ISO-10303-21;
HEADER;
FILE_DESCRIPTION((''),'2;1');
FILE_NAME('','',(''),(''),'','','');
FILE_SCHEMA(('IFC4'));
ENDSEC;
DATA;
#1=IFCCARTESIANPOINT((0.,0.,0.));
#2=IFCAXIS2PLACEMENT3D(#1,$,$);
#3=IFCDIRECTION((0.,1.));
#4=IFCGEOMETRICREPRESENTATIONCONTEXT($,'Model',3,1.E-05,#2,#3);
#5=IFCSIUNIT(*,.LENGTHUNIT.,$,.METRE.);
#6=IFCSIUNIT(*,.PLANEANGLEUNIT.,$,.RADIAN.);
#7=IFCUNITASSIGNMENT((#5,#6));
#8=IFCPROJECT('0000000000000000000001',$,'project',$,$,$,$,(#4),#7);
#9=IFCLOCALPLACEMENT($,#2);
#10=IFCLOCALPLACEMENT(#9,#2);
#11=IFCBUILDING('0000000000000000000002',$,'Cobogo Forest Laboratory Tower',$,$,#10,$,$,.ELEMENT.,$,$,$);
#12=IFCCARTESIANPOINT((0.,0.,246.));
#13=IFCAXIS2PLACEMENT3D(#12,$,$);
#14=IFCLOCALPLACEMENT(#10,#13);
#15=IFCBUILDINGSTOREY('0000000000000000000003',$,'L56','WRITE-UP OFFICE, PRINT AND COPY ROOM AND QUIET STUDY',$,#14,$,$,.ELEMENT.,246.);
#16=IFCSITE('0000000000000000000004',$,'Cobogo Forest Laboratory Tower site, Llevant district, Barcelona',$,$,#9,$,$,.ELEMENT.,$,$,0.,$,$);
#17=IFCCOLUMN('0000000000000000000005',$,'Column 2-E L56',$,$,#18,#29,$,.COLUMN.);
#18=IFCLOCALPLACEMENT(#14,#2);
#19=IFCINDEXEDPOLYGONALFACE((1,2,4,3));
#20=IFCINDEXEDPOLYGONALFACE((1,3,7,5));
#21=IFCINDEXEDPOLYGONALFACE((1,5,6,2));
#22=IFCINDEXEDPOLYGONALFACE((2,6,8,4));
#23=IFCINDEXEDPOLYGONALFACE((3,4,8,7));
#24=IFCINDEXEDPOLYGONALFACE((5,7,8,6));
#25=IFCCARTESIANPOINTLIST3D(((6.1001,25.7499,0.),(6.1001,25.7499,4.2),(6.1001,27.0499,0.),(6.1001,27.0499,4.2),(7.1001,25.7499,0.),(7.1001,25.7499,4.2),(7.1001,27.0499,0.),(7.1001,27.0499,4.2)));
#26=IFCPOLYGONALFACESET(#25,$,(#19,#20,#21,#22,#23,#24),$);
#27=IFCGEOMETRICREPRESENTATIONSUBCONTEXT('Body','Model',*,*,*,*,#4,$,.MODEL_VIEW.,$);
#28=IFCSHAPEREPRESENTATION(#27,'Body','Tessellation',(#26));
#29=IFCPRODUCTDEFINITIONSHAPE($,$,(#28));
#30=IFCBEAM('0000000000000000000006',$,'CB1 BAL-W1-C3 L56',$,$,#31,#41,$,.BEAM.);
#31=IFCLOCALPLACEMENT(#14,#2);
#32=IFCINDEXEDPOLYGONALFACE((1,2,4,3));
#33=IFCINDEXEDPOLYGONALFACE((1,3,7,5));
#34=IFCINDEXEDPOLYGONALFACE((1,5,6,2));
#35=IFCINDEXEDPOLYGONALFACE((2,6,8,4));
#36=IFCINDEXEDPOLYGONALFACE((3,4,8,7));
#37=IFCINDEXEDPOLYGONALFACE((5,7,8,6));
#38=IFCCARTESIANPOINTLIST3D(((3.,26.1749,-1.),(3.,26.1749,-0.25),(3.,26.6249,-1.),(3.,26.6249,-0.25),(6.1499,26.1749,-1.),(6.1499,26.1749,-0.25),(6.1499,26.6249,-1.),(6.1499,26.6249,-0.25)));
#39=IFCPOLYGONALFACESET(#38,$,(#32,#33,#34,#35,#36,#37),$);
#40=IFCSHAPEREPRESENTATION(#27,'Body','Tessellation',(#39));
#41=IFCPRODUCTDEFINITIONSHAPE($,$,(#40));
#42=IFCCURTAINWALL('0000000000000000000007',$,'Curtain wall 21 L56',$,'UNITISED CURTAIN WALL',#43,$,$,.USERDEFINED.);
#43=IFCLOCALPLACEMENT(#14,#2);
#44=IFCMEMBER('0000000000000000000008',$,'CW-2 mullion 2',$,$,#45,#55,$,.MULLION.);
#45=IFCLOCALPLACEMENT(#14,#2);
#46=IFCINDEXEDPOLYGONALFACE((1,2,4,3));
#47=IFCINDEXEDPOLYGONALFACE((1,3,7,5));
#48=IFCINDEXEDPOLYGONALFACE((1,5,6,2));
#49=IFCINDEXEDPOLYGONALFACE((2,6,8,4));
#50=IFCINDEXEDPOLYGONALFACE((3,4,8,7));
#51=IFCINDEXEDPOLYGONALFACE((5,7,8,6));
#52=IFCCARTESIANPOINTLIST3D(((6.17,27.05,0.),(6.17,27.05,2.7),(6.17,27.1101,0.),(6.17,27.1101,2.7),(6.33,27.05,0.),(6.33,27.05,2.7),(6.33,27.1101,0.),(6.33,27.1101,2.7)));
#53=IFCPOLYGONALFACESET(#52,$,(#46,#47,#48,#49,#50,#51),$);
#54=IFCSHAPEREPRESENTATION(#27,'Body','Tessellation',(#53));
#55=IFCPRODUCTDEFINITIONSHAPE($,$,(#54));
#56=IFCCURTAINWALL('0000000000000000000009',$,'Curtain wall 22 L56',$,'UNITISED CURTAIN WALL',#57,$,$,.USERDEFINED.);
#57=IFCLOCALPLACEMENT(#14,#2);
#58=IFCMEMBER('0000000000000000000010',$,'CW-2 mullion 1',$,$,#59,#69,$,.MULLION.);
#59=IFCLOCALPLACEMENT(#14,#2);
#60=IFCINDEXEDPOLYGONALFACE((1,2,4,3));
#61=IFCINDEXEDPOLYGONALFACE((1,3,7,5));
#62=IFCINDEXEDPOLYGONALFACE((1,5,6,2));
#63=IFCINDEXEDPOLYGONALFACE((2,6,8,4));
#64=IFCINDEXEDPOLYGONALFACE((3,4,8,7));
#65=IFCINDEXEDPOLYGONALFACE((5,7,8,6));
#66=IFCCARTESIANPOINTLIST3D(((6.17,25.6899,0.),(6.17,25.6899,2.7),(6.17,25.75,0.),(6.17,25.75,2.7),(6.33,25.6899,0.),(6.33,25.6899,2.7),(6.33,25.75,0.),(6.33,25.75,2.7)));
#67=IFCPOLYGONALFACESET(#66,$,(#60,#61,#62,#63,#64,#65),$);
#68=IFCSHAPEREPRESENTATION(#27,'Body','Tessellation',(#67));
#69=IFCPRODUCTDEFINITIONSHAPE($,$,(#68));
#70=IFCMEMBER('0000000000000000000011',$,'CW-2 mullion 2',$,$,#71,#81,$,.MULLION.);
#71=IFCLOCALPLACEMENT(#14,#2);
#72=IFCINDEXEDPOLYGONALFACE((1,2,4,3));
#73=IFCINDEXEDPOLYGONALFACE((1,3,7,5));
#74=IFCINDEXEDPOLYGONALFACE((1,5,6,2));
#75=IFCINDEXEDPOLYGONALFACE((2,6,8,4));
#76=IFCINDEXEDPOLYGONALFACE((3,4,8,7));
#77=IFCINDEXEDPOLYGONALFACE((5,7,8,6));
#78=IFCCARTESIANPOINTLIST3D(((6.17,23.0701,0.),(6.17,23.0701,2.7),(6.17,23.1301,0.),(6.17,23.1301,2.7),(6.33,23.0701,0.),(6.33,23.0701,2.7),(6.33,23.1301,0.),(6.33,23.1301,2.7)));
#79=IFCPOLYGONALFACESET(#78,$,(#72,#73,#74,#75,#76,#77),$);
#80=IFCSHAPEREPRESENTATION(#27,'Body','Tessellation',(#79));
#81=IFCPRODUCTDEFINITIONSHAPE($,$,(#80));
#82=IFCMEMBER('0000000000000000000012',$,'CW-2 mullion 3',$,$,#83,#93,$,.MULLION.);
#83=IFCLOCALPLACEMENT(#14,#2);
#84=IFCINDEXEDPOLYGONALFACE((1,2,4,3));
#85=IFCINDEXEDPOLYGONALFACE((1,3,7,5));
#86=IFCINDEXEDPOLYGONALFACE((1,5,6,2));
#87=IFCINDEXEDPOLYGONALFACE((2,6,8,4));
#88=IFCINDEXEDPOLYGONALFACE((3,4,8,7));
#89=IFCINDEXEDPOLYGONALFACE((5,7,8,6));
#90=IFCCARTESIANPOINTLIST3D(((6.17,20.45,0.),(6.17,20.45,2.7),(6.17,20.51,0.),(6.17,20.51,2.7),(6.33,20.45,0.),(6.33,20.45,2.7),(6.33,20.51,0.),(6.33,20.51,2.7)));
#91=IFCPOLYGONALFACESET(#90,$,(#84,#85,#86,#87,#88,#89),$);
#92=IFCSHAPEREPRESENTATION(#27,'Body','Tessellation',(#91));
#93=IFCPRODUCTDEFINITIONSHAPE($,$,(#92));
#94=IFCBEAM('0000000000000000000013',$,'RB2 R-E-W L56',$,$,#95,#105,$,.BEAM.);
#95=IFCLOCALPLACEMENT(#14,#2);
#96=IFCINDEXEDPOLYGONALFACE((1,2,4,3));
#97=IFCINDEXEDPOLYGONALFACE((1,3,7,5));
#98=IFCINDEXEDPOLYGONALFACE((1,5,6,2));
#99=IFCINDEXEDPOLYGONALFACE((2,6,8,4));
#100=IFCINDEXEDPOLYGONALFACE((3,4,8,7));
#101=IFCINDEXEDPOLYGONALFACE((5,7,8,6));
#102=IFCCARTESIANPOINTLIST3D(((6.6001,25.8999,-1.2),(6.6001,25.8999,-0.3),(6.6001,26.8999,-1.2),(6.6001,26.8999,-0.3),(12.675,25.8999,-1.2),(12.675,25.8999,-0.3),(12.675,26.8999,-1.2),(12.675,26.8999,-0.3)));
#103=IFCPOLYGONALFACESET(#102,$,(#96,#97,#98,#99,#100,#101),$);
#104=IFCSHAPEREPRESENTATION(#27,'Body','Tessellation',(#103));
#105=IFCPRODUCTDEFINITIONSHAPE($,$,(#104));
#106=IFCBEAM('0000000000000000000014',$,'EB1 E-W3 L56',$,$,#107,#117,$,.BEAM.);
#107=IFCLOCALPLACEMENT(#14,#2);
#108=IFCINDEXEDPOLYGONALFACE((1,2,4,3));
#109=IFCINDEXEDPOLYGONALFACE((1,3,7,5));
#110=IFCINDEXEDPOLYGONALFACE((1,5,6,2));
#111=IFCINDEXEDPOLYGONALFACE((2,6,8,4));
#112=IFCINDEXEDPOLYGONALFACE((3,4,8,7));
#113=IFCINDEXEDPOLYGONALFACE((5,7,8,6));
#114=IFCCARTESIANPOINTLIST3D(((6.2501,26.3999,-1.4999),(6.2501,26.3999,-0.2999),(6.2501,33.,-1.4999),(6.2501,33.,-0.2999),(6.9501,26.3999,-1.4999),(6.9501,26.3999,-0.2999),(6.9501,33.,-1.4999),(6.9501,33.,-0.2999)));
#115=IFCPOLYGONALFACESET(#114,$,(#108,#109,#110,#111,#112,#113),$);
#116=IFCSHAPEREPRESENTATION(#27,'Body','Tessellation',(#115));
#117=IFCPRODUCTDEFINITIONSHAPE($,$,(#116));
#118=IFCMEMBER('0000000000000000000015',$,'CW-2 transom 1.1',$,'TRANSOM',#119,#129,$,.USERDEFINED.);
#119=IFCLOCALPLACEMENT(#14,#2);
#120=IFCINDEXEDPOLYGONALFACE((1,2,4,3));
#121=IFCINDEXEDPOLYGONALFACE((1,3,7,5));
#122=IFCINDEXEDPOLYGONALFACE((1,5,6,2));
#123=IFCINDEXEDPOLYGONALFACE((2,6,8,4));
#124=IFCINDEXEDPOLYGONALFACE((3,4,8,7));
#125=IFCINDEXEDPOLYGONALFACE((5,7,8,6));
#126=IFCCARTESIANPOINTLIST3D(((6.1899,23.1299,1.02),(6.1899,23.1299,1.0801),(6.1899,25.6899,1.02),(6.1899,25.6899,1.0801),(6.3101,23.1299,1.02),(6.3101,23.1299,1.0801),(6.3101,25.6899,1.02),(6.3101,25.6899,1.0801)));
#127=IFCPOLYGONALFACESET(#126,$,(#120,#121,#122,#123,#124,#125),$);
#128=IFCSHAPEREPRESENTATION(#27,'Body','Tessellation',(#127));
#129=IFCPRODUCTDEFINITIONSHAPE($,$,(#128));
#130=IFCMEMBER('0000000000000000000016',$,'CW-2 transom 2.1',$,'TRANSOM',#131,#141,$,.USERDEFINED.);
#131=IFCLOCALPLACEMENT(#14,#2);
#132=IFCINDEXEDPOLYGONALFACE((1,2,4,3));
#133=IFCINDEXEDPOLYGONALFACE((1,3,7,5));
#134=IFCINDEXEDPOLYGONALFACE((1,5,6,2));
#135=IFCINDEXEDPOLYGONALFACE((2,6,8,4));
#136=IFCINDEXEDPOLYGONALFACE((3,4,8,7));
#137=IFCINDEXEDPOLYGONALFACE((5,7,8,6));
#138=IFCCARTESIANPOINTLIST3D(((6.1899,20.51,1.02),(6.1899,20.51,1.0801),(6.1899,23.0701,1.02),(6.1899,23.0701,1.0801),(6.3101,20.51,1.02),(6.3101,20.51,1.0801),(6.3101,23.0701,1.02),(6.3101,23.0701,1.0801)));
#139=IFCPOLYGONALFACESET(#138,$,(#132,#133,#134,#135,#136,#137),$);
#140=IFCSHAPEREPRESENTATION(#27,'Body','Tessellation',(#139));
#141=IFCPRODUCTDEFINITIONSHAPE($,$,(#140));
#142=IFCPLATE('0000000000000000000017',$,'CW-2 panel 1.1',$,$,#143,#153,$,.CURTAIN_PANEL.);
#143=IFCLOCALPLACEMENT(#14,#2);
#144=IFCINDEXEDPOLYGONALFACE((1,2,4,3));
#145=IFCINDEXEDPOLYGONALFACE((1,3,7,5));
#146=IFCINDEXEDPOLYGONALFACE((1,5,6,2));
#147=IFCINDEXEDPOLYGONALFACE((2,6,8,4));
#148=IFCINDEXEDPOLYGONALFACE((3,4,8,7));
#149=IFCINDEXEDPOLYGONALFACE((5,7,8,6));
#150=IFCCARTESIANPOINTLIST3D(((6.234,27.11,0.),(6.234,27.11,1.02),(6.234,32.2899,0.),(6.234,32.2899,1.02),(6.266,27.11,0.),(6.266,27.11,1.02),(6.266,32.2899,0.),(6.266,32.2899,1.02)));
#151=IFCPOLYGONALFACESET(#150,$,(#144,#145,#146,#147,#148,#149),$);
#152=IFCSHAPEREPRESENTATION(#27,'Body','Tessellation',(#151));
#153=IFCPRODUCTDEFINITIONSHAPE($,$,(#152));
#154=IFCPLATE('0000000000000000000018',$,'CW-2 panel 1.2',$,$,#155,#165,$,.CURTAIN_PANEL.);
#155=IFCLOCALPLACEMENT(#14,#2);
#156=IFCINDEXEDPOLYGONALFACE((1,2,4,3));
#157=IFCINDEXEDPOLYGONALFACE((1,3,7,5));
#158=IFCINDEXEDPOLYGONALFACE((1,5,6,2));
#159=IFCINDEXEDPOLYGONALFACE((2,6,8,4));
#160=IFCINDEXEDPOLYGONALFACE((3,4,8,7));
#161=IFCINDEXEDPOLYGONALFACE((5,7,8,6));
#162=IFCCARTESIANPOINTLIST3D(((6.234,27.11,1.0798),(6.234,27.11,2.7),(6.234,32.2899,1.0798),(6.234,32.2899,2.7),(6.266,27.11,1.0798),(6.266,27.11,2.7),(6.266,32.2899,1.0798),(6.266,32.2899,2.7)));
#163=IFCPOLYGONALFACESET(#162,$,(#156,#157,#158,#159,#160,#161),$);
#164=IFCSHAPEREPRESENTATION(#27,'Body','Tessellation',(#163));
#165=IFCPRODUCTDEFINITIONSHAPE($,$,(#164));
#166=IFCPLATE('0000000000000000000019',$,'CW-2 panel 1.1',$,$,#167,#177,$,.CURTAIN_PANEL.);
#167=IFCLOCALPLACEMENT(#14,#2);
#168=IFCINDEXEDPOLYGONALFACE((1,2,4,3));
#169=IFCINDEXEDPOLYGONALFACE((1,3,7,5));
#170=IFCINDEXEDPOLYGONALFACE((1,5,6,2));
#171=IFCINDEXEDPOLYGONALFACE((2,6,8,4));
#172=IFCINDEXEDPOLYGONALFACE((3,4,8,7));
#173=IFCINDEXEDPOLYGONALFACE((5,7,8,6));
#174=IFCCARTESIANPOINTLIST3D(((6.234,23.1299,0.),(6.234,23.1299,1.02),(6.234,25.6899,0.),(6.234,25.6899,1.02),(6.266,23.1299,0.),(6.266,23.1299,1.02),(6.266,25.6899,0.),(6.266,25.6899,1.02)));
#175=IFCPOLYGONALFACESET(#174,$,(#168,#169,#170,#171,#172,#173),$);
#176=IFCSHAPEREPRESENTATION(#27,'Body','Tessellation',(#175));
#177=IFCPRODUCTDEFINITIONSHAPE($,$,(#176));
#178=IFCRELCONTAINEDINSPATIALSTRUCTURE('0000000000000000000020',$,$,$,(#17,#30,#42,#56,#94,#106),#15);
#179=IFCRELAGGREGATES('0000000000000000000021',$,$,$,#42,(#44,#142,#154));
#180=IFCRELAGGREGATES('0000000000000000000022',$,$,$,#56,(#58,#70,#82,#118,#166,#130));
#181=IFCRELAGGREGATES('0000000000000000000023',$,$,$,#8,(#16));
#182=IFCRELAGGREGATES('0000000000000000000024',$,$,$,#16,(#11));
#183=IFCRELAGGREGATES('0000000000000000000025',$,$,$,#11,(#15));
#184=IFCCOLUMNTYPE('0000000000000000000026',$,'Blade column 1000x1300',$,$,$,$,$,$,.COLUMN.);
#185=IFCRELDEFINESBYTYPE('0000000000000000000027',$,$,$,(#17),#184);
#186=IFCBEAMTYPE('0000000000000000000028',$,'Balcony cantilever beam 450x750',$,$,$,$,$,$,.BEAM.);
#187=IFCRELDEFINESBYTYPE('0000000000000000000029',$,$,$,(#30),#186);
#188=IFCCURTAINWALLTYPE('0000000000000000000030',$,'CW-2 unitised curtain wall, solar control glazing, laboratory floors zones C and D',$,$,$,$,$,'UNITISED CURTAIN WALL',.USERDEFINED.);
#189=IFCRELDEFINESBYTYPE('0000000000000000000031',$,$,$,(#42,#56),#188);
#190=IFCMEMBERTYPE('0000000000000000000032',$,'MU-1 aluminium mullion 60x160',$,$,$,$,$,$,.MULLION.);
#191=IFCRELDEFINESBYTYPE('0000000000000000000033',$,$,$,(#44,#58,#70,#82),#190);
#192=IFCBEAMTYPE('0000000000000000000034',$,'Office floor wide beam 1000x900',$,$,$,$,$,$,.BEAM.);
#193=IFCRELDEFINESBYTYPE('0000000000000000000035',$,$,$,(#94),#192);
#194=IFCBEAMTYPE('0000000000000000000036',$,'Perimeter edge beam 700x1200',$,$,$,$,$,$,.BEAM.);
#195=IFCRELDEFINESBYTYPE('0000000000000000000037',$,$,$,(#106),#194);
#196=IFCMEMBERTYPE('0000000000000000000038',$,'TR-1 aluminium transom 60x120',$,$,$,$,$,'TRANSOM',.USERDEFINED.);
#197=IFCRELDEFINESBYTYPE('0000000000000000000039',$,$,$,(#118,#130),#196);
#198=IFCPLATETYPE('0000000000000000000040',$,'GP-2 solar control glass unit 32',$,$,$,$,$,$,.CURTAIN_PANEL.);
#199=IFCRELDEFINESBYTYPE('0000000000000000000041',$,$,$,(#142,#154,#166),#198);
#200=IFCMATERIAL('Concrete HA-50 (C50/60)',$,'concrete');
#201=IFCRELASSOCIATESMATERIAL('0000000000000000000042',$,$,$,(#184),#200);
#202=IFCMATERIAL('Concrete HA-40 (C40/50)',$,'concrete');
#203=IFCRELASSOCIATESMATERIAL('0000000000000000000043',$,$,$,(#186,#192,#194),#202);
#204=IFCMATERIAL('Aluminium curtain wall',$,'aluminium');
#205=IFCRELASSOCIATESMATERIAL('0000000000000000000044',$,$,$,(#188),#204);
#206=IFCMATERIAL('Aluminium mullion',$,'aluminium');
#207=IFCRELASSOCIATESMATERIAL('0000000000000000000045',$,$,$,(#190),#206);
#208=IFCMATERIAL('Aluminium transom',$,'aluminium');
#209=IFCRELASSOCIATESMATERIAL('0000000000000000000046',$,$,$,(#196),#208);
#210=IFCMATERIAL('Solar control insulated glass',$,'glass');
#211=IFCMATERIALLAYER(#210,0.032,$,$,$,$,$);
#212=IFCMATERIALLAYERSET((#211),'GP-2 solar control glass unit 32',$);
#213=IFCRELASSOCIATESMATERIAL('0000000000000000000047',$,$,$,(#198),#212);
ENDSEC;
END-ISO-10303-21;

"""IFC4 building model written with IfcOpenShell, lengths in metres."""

from ifc_helpers import new_model, si_unit, direction, frame, origin, origin_2d, place, context, subcontext, project, spatial, rectangle, extrude, material, layer, layer_set, material_profile, profile_set, type_object, element, aggregate, save


model = new_model("IFC4")

# Units and contexts
model_context = context("Model", 3, precision=1e-05, world=origin(), true_north=direction((0.0, 1.0)))
body_context = subcontext(model_context, "Body", "Model", "MODEL_VIEW")
ifc_project = project(units=[si_unit("LENGTHUNIT", "METRE"), si_unit("PLANEANGLEUNIT", "RADIAN")], contexts=[model_context])

# Site, building, storey
site_placement = place(None, origin())
site = spatial("IfcSite", under=ifc_project, at=site_placement, Name="Cobogo Forest Laboratory Tower site, Llevant district, Barcelona", CompositionType="ELEMENT", RefElevation=0.0)
building_placement = place(site_placement, origin())
building = spatial("IfcBuilding", under=site, at=building_placement, Name="Cobogo Forest Laboratory Tower", CompositionType="ELEMENT")
storey_placement = place(building_placement, frame((0.0, 0.0, 246.0)))
storey = spatial("IfcBuildingStorey", under=building, at=storey_placement, Name="L56", Description="WRITE-UP OFFICE, PRINT AND COPY ROOM AND QUIET STUDY", CompositionType="ELEMENT", Elevation=246.0)

# Column
ifc_material_1 = material(Name="Concrete HA-50 (C50/60)", Category="concrete")
ifc_material_profile_1 = material_profile(ifc_material_1, rectangle(XDim=1.3, YDim=1.0, at=origin_2d()), Name="RC 1000x1300")
ifc_profile_set_1 = profile_set([ifc_material_profile_1], Name="Concrete HA-50 (C50/60)")
column_type = type_object("IfcColumnType", Name="Blade column 1000x1300", PredefinedType="COLUMN", material=ifc_profile_set_1)
column_placement = place(storey_placement, frame((6.6001, 26.3999, 0.0), z_axis=(0.0, 0.0, 1.0), x_axis=(0.0, 1.0, 0.0)))
element("IfcColumn", 1, at=column_placement, inside=storey, type_object=column_type, Name="Column 2-E L56", PredefinedType="COLUMN", context=body_context, shape_type="SweptSolid", body=[
    extrude(rectangle(XDim=1.3, YDim=1.0, at=origin_2d()), origin(), (0.0, 0.0, 1.0), 4.2),
])

# Beam
ifc_material_2 = material(Name="Concrete HA-40 (C40/50)", Category="concrete")
ifc_material_profile_2 = material_profile(ifc_material_2, rectangle(XDim=0.45, YDim=0.75, at=origin_2d()), Name="RC 450x750")
ifc_profile_set_2 = profile_set([ifc_material_profile_2], Name="Concrete HA-40 (C40/50)")
beam_type_1 = type_object("IfcBeamType", Name="Balcony cantilever beam 450x750", PredefinedType="BEAM", material=ifc_profile_set_2)
beam_1_placement = place(storey_placement, frame((6.1499, 26.3999, -0.625), z_axis=(-1.0, 0.0, 0.0), x_axis=(0.0, -1.0, 0.0)))
element("IfcBeam", 2, at=beam_1_placement, inside=storey, type_object=beam_type_1, Name="CB1 BAL-W1-C3 L56", PredefinedType="BEAM", context=body_context, shape_type="SweptSolid", body=[
    extrude(rectangle(XDim=0.45, YDim=0.75, at=origin_2d()), origin(), (0.0, 0.0, 1.0), 3.1499),
])

# Curtain wall, member
ifc_material_3 = material(Name="Aluminium curtain wall", Category="aluminium")
curtain_wall_type = type_object("IfcCurtainWallType", Name="CW-2 unitised curtain wall, solar control glazing, laboratory floors zones C and D", ElementType="UNITISED CURTAIN WALL", PredefinedType="USERDEFINED", material=ifc_material_3)
curtain_wall_1_placement = place(storey_placement, origin())
curtain_wall_1 = element("IfcCurtainWall", 3, at=curtain_wall_1_placement, inside=storey, type_object=curtain_wall_type, Name="Curtain wall 21 L56", ObjectType="UNITISED CURTAIN WALL", PredefinedType="USERDEFINED")
ifc_material_4 = material(Name="Aluminium mullion", Category="aluminium")
ifc_material_profile_3 = material_profile(ifc_material_4, rectangle(XDim=0.0601, YDim=0.1599, at=origin_2d()), Name="AL 60x160")
ifc_profile_set_3 = profile_set([ifc_material_profile_3], Name="Aluminium mullion")
member_type_1 = type_object("IfcMemberType", Name="MU-1 aluminium mullion 60x160", PredefinedType="MULLION", material=ifc_profile_set_3)
member_1_placement = place(storey_placement, frame((6.25, 27.0801, 0.0), z_axis=(0.0, 0.0, 1.0), x_axis=(0.0, -1.0, 0.0)))
member_1 = element("IfcMember", 4, at=member_1_placement, type_object=member_type_1, Name="CW-2 mullion 2", PredefinedType="MULLION", context=body_context, shape_type="SweptSolid", body=[
    extrude(rectangle(XDim=0.0601, YDim=0.1599, at=origin_2d()), origin(), (0.0, 0.0, 1.0), 2.7),
])

# Curtain wall, members
curtain_wall_2_placement = place(storey_placement, origin())
curtain_wall_2 = element("IfcCurtainWall", 5, at=curtain_wall_2_placement, inside=storey, type_object=curtain_wall_type, Name="Curtain wall 22 L56", ObjectType="UNITISED CURTAIN WALL", PredefinedType="USERDEFINED")
member_2_placement = place(storey_placement, frame((6.25, 25.72, 0.0), z_axis=(0.0, 0.0, 1.0), x_axis=(0.0, -1.0, 0.0)))
member_2 = element("IfcMember", 6, at=member_2_placement, type_object=member_type_1, Name="CW-2 mullion 1", PredefinedType="MULLION", context=body_context, shape_type="SweptSolid", body=[
    extrude(rectangle(XDim=0.0601, YDim=0.1599, at=origin_2d()), origin(), (0.0, 0.0, 1.0), 2.7),
])
member_3_placement = place(storey_placement, frame((6.25, 23.1001, 0.0), z_axis=(0.0, 0.0, 1.0), x_axis=(0.0, -1.0, 0.0)))
member_3 = element("IfcMember", 7, at=member_3_placement, type_object=member_type_1, Name="CW-2 mullion 2", PredefinedType="MULLION", context=body_context, shape_type="SweptSolid", body=[
    extrude(rectangle(XDim=0.0601, YDim=0.1599, at=origin_2d()), origin(), (0.0, 0.0, 1.0), 2.7),
])
member_4_placement = place(storey_placement, frame((6.25, 20.48, 0.0), z_axis=(0.0, 0.0, 1.0), x_axis=(0.0, -1.0, 0.0)))
member_4 = element("IfcMember", 8, at=member_4_placement, type_object=member_type_1, Name="CW-2 mullion 3", PredefinedType="MULLION", context=body_context, shape_type="SweptSolid", body=[
    extrude(rectangle(XDim=0.0601, YDim=0.1599, at=origin_2d()), origin(), (0.0, 0.0, 1.0), 2.7),
])

# Beams
ifc_material_profile_4 = material_profile(ifc_material_2, rectangle(XDim=1.0, YDim=0.8999, at=origin_2d()), Name="RC 1000x900")
ifc_profile_set_4 = profile_set([ifc_material_profile_4], Name="Concrete HA-40 (C40/50)")
beam_type_2 = type_object("IfcBeamType", Name="Office floor wide beam 1000x900", PredefinedType="BEAM", material=ifc_profile_set_4)
beam_2_placement = place(storey_placement, frame((12.675, 26.3999, -0.75), z_axis=(-1.0, 0.0, 0.0), x_axis=(0.0, -1.0, 0.0)))
element("IfcBeam", 9, at=beam_2_placement, inside=storey, type_object=beam_type_2, Name="RB2 R-E-W L56", PredefinedType="BEAM", context=body_context, shape_type="SweptSolid", body=[
    extrude(rectangle(XDim=1.0, YDim=0.8999, at=origin_2d()), origin(), (0.0, 0.0, 1.0), 6.075),
])
ifc_material_profile_5 = material_profile(ifc_material_2, rectangle(XDim=0.7, YDim=1.2, at=origin_2d()), Name="RC 700x1200")
ifc_profile_set_5 = profile_set([ifc_material_profile_5], Name="Concrete HA-40 (C40/50)")
beam_type_3 = type_object("IfcBeamType", Name="Perimeter edge beam 700x1200", PredefinedType="BEAM", material=ifc_profile_set_5)
beam_3_placement = place(storey_placement, frame((6.6001, 26.3999, -0.8999), z_axis=(0.0, 1.0, 0.0), x_axis=(-1.0, 0.0, 0.0)))
element("IfcBeam", 10, at=beam_3_placement, inside=storey, type_object=beam_type_3, Name="EB1 E-W3 L56", PredefinedType="BEAM", context=body_context, shape_type="SweptSolid", body=[
    extrude(rectangle(XDim=0.7, YDim=1.2, at=origin_2d()), origin(), (0.0, 0.0, 1.0), 6.6001),
])

# Members
ifc_material_5 = material(Name="Aluminium transom", Category="aluminium")
ifc_material_profile_6 = material_profile(ifc_material_5, rectangle(XDim=0.1201, YDim=0.0601, at=origin_2d()), Name="AL 60x120")
ifc_profile_set_6 = profile_set([ifc_material_profile_6], Name="Aluminium transom")
member_type_2 = type_object("IfcMemberType", Name="TR-1 aluminium transom 60x120", ElementType="TRANSOM", PredefinedType="USERDEFINED", material=ifc_profile_set_6)
member_5_placement = place(storey_placement, frame((6.25, 25.6899, 1.05), z_axis=(0.0, -1.0, 0.0), x_axis=(1.0, 0.0, 0.0)))
member_5 = element("IfcMember", 11, at=member_5_placement, type_object=member_type_2, Name="CW-2 transom 1.1", ObjectType="TRANSOM", PredefinedType="USERDEFINED", context=body_context, shape_type="SweptSolid", body=[
    extrude(rectangle(XDim=0.1201, YDim=0.0601, at=origin_2d()), origin(), (0.0, 0.0, 1.0), 2.5601),
])
member_6_placement = place(storey_placement, frame((6.25, 23.0701, 1.05), z_axis=(0.0, -1.0, 0.0), x_axis=(1.0, 0.0, 0.0)))
member_6 = element("IfcMember", 12, at=member_6_placement, type_object=member_type_2, Name="CW-2 transom 2.1", ObjectType="TRANSOM", PredefinedType="USERDEFINED", context=body_context, shape_type="SweptSolid", body=[
    extrude(rectangle(XDim=0.1201, YDim=0.0601, at=origin_2d()), origin(), (0.0, 0.0, 1.0), 2.5601),
])

# Plates
ifc_material_6 = material(Name="Solar control insulated glass", Category="glass")
ifc_layer_1 = layer(ifc_material_6, 0.032)
ifc_layer_set_1 = layer_set([ifc_layer_1], Name="GP-2 solar control glass unit 32")
plate_type_1 = type_object("IfcPlateType", Name="GP-2 solar control glass unit 32", PredefinedType="CURTAIN_PANEL", material=ifc_layer_set_1)
plate_1_placement = place(storey_placement, frame((6.25, 29.7, 0.0), z_axis=(0.0, 0.0, 1.0), x_axis=(0.0, -1.0, 0.0)))
plate_1 = element("IfcPlate", 13, at=plate_1_placement, type_object=plate_type_1, Name="CW-2 panel 1.1", PredefinedType="CURTAIN_PANEL", context=body_context, shape_type="SweptSolid", body=[
    extrude(rectangle(XDim=5.1799, YDim=0.032, at=origin_2d()), origin(), (0.0, 0.0, 1.0), 1.02),
])
plate_2_placement = place(storey_placement, frame((6.25, 29.7, 1.0798), z_axis=(0.0, 0.0, 1.0), x_axis=(0.0, -1.0, 0.0)))
plate_2 = element("IfcPlate", 14, at=plate_2_placement, type_object=plate_type_1, Name="CW-2 panel 1.2", PredefinedType="CURTAIN_PANEL", context=body_context, shape_type="SweptSolid", body=[
    extrude(rectangle(XDim=5.1799, YDim=0.032, at=origin_2d()), origin(), (0.0, 0.0, 1.0), 1.6201),
])
aggregate(curtain_wall_1, [member_1, plate_1, plate_2])
plate_3_placement = place(storey_placement, frame((6.25, 24.4099, 0.0), z_axis=(0.0, 0.0, 1.0), x_axis=(0.0, -1.0, 0.0)))
plate_3 = element("IfcPlate", 15, at=plate_3_placement, type_object=plate_type_1, Name="CW-2 panel 1.1", PredefinedType="CURTAIN_PANEL", context=body_context, shape_type="SweptSolid", body=[
    extrude(rectangle(XDim=2.5601, YDim=0.032, at=origin_2d()), origin(), (0.0, 0.0, 1.0), 1.02),
])
aggregate(curtain_wall_2, [member_2, member_3, member_4, member_5, plate_3, member_6])

save(model, "model.ifc")
